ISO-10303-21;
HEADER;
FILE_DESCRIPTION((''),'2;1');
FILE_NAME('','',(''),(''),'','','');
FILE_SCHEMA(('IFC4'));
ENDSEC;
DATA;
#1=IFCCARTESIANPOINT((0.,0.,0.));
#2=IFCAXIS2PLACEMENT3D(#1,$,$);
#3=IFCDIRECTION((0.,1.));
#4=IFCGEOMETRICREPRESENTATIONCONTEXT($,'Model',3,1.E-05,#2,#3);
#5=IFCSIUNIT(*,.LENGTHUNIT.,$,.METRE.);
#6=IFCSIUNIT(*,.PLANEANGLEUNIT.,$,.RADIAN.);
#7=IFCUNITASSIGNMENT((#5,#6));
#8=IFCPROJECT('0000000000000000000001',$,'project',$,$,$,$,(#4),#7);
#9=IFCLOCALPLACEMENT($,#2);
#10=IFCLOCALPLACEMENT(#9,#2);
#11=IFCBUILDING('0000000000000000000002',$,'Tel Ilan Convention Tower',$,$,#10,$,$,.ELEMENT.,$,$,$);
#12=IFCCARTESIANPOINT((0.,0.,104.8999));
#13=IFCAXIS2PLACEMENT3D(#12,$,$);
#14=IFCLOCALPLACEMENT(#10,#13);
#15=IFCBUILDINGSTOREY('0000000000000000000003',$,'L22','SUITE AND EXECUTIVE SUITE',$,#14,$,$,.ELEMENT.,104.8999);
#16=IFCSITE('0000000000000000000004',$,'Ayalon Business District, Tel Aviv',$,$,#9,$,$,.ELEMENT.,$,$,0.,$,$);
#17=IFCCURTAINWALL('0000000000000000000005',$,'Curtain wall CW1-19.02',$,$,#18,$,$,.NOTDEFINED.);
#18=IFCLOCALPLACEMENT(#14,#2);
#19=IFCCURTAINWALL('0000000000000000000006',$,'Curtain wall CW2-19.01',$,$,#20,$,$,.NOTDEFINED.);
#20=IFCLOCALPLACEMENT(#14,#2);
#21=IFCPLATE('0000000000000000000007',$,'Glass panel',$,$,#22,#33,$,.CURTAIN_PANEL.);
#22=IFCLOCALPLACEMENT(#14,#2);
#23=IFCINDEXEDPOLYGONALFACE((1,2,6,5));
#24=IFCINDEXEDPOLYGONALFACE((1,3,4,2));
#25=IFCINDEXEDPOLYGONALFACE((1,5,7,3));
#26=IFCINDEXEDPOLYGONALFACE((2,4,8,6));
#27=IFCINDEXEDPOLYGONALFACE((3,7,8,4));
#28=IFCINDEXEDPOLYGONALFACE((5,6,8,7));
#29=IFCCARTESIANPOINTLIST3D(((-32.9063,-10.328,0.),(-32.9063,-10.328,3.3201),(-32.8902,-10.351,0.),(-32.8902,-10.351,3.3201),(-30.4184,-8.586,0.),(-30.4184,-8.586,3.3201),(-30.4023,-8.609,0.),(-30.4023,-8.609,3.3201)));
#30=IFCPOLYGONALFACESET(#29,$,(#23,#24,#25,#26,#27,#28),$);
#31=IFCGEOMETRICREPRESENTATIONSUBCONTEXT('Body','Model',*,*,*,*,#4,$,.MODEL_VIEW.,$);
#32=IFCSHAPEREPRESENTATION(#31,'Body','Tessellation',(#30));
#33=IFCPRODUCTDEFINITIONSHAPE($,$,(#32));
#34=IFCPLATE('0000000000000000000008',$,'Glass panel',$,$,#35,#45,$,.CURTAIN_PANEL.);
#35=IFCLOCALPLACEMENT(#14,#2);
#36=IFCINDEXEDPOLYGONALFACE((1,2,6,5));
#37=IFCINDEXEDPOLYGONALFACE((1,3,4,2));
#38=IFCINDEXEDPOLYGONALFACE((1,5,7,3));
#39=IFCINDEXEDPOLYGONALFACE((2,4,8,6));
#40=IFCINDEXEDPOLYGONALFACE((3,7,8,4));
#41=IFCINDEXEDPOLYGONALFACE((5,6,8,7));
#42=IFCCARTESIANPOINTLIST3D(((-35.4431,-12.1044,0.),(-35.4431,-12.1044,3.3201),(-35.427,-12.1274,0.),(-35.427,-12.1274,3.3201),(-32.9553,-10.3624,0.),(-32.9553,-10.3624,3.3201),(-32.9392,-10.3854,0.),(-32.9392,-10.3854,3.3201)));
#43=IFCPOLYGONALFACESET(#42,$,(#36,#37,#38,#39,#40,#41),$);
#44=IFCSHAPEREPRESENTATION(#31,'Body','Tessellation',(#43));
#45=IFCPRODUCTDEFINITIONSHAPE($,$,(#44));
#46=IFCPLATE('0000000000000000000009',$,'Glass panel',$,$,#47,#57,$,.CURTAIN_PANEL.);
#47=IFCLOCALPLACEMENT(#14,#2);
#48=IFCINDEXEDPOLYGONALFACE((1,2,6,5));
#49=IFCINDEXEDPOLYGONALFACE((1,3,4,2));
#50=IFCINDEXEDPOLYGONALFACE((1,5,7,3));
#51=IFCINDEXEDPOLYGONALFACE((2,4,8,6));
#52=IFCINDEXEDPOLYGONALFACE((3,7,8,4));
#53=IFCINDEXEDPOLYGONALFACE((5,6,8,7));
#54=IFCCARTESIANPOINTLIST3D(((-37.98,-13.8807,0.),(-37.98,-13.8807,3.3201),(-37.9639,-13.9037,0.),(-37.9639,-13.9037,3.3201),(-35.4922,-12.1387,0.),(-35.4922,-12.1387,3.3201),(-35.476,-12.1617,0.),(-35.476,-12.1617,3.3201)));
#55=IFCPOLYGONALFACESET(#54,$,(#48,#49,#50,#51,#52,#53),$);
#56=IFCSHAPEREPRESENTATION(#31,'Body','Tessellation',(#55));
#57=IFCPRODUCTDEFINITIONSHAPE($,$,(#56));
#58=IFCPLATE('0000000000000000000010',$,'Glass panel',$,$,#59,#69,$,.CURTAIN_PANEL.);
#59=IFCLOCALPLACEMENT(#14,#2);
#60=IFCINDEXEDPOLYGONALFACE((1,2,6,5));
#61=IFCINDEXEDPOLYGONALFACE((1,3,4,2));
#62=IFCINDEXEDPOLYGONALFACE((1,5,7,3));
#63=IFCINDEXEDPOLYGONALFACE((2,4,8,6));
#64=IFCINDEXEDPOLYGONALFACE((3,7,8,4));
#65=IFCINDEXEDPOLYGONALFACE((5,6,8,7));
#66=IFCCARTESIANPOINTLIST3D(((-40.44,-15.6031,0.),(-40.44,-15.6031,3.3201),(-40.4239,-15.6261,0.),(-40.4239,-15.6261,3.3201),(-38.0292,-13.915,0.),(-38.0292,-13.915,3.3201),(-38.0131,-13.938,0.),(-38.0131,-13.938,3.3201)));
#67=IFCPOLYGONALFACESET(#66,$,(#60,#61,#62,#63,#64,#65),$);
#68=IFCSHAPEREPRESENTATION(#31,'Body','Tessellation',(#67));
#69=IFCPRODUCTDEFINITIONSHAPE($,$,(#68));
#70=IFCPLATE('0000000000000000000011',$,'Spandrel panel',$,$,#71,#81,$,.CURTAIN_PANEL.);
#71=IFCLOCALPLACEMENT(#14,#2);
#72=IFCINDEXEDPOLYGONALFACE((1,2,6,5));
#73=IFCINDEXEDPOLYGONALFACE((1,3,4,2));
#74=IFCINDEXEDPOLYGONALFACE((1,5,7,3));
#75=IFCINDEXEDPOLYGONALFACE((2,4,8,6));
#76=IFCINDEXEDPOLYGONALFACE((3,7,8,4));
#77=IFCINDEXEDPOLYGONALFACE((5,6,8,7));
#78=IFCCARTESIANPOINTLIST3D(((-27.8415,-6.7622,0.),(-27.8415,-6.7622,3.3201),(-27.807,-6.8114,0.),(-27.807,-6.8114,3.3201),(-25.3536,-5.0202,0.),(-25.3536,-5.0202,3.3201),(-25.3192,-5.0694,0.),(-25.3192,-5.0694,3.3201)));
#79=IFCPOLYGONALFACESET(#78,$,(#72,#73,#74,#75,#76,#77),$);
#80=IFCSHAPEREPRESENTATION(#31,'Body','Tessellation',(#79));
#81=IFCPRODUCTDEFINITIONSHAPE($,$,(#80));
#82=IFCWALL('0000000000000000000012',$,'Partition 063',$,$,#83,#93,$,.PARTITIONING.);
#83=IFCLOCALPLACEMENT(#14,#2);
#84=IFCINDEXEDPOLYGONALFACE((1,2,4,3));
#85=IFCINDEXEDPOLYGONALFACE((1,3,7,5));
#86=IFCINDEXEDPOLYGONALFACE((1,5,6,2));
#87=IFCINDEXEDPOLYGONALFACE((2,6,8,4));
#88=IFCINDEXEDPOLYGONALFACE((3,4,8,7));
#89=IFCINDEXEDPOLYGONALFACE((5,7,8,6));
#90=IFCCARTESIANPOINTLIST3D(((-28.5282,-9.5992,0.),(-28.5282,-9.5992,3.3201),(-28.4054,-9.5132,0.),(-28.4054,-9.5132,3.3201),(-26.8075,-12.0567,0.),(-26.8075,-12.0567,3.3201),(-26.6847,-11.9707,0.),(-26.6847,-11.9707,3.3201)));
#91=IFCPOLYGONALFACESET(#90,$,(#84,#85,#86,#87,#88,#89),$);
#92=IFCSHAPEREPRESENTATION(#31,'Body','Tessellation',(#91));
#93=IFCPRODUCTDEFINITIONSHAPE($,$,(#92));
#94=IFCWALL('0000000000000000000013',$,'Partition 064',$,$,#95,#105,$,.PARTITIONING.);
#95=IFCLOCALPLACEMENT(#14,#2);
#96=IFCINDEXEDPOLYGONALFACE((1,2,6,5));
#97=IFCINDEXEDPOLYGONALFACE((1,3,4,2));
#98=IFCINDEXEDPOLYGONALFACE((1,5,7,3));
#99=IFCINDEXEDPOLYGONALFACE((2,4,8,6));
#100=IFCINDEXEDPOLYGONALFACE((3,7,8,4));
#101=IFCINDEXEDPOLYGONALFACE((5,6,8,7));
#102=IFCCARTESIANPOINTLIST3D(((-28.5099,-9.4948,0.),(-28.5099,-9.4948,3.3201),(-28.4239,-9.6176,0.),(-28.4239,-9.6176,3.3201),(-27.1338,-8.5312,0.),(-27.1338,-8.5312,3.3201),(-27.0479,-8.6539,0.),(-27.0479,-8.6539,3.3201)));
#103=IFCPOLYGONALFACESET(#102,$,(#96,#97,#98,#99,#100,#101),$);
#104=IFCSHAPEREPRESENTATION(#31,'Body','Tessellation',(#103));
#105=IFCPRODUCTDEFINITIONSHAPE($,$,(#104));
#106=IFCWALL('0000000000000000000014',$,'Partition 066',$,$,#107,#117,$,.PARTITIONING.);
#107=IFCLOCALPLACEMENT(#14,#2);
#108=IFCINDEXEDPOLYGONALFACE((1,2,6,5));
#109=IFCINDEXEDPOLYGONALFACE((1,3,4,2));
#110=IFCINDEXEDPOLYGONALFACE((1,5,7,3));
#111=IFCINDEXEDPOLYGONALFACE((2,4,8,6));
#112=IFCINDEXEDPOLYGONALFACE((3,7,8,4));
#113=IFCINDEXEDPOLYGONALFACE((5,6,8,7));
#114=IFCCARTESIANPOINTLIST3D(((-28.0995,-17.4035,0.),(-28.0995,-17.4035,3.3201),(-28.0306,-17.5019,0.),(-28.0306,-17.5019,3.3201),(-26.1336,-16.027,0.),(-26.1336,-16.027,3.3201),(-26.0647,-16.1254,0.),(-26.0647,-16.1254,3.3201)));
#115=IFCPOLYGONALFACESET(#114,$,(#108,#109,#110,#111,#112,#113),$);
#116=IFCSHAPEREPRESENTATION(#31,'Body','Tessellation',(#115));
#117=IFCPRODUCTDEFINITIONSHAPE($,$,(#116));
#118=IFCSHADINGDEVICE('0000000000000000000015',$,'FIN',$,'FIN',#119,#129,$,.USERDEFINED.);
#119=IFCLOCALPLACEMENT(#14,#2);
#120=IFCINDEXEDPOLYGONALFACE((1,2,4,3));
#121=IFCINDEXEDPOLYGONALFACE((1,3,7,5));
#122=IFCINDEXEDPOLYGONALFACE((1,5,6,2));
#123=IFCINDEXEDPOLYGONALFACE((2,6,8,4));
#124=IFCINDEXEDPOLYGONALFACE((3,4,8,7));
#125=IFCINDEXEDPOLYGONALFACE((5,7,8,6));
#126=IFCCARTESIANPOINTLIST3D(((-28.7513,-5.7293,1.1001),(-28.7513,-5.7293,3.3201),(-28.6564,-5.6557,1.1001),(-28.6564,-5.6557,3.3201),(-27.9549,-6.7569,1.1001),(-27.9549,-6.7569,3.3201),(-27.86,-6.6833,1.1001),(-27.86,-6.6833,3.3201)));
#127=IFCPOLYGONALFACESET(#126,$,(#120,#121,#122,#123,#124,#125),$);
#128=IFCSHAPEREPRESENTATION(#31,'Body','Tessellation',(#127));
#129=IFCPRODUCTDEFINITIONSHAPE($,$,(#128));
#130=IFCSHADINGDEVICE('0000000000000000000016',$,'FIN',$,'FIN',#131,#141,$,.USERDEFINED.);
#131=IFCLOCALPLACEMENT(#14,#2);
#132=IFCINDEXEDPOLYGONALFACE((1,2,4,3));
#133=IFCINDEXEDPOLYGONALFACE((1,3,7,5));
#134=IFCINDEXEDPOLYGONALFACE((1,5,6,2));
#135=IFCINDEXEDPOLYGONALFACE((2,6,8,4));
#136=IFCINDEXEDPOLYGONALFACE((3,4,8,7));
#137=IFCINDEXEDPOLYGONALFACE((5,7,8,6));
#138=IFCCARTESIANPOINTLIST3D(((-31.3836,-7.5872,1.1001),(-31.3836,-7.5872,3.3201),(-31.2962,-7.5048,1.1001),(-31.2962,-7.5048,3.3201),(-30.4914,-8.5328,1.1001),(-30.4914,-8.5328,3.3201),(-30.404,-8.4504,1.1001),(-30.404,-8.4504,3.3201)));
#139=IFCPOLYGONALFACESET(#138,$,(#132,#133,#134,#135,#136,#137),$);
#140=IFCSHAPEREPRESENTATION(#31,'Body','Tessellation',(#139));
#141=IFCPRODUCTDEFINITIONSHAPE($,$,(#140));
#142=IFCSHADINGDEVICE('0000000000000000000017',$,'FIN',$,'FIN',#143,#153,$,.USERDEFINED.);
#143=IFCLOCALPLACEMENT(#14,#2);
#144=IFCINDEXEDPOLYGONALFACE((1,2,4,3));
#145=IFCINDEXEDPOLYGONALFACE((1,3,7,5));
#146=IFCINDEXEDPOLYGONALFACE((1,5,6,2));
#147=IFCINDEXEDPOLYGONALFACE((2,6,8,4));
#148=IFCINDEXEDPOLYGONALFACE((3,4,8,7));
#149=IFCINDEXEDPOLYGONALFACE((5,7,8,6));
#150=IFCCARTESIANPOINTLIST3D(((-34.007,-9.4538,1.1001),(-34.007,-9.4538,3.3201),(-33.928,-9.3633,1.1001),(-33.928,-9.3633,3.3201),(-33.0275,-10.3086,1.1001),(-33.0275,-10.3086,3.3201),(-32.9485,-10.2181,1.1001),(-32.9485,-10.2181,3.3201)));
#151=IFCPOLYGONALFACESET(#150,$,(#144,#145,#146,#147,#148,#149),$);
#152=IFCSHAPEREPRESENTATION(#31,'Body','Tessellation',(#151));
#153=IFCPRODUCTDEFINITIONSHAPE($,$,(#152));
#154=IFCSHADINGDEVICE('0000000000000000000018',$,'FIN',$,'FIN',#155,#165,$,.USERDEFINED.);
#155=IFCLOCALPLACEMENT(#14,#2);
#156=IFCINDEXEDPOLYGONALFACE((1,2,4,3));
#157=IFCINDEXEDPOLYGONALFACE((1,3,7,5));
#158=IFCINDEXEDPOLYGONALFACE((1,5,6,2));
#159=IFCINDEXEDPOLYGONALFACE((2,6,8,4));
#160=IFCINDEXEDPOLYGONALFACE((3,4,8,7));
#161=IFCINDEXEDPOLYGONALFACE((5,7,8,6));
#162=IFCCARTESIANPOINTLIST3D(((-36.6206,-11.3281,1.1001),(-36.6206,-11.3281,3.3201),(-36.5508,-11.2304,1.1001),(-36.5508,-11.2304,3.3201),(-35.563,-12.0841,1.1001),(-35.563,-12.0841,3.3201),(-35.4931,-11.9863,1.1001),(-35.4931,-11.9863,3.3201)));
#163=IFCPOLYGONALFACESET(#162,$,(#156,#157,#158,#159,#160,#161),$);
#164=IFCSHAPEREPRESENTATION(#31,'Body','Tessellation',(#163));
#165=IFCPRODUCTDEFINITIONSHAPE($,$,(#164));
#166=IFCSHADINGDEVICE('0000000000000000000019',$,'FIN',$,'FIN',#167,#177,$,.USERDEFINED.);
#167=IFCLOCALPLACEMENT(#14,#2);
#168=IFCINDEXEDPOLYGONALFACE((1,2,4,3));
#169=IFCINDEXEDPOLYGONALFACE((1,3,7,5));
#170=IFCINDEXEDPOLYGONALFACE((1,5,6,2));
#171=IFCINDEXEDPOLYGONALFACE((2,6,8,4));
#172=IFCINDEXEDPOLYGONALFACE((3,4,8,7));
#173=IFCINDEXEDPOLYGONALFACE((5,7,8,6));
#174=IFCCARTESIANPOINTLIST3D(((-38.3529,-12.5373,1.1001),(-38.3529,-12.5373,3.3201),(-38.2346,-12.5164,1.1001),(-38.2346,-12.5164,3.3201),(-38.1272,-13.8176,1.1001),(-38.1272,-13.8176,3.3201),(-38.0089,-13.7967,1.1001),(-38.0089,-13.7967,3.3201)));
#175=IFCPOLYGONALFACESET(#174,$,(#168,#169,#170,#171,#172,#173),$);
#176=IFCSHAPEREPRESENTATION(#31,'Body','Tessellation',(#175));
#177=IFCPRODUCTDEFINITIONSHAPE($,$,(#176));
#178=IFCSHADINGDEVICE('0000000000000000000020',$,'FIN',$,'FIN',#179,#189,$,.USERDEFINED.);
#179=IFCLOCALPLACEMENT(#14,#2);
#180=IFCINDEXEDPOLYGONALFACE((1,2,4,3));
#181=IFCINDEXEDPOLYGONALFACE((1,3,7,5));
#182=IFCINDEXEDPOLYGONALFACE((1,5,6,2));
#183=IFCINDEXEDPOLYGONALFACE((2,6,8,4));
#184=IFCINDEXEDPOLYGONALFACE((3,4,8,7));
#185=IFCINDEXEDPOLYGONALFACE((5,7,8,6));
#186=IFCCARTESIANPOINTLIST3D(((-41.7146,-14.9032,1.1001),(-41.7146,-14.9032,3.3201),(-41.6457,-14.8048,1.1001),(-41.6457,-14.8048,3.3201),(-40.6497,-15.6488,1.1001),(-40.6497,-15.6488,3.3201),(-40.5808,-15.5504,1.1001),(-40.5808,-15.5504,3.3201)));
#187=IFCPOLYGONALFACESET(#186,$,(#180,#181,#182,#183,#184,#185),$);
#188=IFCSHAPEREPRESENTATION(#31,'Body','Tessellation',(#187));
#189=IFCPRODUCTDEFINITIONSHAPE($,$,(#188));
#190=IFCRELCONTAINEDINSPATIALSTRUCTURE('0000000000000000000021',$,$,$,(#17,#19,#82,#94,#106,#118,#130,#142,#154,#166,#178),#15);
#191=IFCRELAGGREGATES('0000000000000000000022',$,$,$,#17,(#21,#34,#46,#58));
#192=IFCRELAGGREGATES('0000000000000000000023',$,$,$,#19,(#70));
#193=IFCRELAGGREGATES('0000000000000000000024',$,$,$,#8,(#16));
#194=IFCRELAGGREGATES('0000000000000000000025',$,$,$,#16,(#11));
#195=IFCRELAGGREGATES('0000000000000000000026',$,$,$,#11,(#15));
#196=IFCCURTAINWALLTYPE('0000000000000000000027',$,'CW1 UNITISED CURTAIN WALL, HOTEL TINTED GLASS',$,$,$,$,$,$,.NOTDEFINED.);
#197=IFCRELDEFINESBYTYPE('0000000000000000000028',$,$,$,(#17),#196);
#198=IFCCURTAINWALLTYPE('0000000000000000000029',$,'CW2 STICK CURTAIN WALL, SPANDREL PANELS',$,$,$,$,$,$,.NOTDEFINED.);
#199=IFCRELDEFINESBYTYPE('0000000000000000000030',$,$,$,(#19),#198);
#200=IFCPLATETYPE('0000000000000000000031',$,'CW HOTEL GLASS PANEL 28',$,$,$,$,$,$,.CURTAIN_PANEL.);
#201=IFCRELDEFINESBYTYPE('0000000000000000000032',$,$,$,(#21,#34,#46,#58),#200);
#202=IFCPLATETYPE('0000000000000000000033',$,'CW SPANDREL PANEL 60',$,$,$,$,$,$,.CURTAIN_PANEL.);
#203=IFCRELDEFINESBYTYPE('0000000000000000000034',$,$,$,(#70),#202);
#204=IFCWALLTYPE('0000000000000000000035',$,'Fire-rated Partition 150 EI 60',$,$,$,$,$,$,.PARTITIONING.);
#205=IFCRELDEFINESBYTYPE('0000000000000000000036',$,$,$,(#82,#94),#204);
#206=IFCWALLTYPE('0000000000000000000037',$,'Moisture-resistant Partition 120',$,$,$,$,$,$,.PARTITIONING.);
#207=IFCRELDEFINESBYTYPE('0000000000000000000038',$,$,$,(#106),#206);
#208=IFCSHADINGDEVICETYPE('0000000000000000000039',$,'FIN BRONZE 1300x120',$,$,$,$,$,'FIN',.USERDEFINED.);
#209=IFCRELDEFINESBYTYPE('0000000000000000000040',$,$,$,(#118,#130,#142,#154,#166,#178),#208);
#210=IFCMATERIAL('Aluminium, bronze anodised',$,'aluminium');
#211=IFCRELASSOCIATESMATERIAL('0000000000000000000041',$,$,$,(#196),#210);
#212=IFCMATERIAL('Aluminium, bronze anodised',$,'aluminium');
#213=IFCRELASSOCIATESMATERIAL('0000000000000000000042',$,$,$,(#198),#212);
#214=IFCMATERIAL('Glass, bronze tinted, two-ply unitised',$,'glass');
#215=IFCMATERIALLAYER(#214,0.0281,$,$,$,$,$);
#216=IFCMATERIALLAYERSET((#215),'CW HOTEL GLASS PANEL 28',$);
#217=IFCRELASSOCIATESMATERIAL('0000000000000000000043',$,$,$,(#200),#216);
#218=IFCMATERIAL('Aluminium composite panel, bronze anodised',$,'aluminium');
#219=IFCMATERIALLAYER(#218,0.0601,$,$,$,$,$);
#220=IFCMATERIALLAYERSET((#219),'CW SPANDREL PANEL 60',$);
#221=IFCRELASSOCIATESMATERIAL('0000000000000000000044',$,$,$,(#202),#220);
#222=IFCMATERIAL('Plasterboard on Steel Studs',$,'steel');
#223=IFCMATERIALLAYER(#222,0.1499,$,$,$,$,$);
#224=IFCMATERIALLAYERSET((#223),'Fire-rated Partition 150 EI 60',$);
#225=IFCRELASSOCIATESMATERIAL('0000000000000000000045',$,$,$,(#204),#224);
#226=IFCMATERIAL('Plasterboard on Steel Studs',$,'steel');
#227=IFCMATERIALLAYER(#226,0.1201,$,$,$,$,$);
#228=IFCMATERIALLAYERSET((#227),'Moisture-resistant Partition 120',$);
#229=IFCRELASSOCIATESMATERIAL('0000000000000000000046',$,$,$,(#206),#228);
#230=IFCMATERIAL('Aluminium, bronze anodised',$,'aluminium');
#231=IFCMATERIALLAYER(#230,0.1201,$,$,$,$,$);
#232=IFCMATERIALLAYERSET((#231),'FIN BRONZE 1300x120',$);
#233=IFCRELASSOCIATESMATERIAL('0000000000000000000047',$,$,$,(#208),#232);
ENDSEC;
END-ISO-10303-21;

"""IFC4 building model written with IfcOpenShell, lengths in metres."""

from ifc_helpers import new_model, si_unit, direction, frame, frame_2d, origin, origin_2d, place, context, subcontext, project, spatial, rectangle, extrude, material, layer, layer_set, type_object, element, aggregate, save


model = new_model("IFC4")

# Units and contexts
model_context = context("Model", 3, precision=1e-05, world=origin(), true_north=direction((0.0, 1.0)))
body_context = subcontext(model_context, "Body", "Model", "MODEL_VIEW")
ifc_project = project(units=[si_unit("LENGTHUNIT", "METRE"), si_unit("PLANEANGLEUNIT", "RADIAN")], contexts=[model_context])

# Site, building, storey
site_placement = place(None, origin())
site = spatial("IfcSite", under=ifc_project, at=site_placement, Name="Ayalon Business District, Tel Aviv", CompositionType="ELEMENT", RefElevation=0.0)
building_placement = place(site_placement, origin())
building = spatial("IfcBuilding", under=site, at=building_placement, Name="Tel Ilan Convention Tower", CompositionType="ELEMENT")
storey_placement = place(building_placement, frame((0.0, 0.0, 104.8999)))
storey = spatial("IfcBuildingStorey", under=building, at=storey_placement, Name="L22", Description="SUITE AND EXECUTIVE SUITE", CompositionType="ELEMENT", Elevation=104.8999)

# Curtain wall
ifc_material_1 = material(Name="Aluminium, bronze anodised", Category="aluminium")
curtain_wall_type_1 = type_object("IfcCurtainWallType", Name="CW1 UNITISED CURTAIN WALL, HOTEL TINTED GLASS", PredefinedType="NOTDEFINED", material=ifc_material_1)
curtain_wall_1_placement = place(storey_placement, origin())
curtain_wall_1 = element("IfcCurtainWall", 1, at=curtain_wall_1_placement, inside=storey, type_object=curtain_wall_type_1, Name="Curtain wall CW1-19.02", PredefinedType="NOTDEFINED")

# Curtain wall
ifc_material_2 = material(Name="Aluminium, bronze anodised", Category="aluminium")
curtain_wall_type_2 = type_object("IfcCurtainWallType", Name="CW2 STICK CURTAIN WALL, SPANDREL PANELS", PredefinedType="NOTDEFINED", material=ifc_material_2)
curtain_wall_2_placement = place(storey_placement, origin())
curtain_wall_2 = element("IfcCurtainWall", 2, at=curtain_wall_2_placement, inside=storey, type_object=curtain_wall_type_2, Name="Curtain wall CW2-19.01", PredefinedType="NOTDEFINED")

# Plates
ifc_material_3 = material(Name="Glass, bronze tinted, two-ply unitised", Category="glass")
ifc_layer_1 = layer(ifc_material_3, 0.0281)
ifc_layer_set_1 = layer_set([ifc_layer_1], Name="CW HOTEL GLASS PANEL 28")
plate_type_1 = type_object("IfcPlateType", Name="CW HOTEL GLASS PANEL 28", PredefinedType="CURTAIN_PANEL", material=ifc_layer_set_1)
plate_1_placement = place(storey_placement, frame((-31.6543, -9.4685, 0.0), z_axis=(0.0, 0.0, 1.0), x_axis=(-0.819152, -0.573576, 0.0)))
plate_1 = element("IfcPlate", 3, at=plate_1_placement, type_object=plate_type_1, Name="Glass panel", PredefinedType="CURTAIN_PANEL", context=body_context, shape_type="SweptSolid", body=[
    extrude(rectangle(XDim=3.0371, YDim=0.0281, at=origin_2d()), origin(), (0.0, 0.0, 1.0), 3.3201),
])
plate_2_placement = place(storey_placement, frame((-34.1912, -11.2449, 0.0), z_axis=(0.0, 0.0, 1.0), x_axis=(-0.819152, -0.573576, 0.0)))
plate_2 = element("IfcPlate", 4, at=plate_2_placement, type_object=plate_type_1, Name="Glass panel", PredefinedType="CURTAIN_PANEL", context=body_context, shape_type="SweptSolid", body=[
    extrude(rectangle(XDim=3.0371, YDim=0.0281, at=origin_2d()), origin(), (0.0, 0.0, 1.0), 3.3201),
])
plate_3_placement = place(storey_placement, frame((-36.728, -13.0212, 0.0), z_axis=(0.0, 0.0, 1.0), x_axis=(-0.819152, -0.573576, 0.0)))
plate_3 = element("IfcPlate", 5, at=plate_3_placement, type_object=plate_type_1, Name="Glass panel", PredefinedType="CURTAIN_PANEL", context=body_context, shape_type="SweptSolid", body=[
    extrude(rectangle(XDim=3.0371, YDim=0.0281, at=origin_2d()), origin(), (0.0, 0.0, 1.0), 3.3201),
])
plate_4_placement = place(storey_placement, frame((-39.2266, -14.7705, 0.0), z_axis=(0.0, 0.0, 1.0), x_axis=(-0.819152, -0.573576, 0.0)))
plate_4 = element("IfcPlate", 6, at=plate_4_placement, type_object=plate_type_1, Name="Glass panel", PredefinedType="CURTAIN_PANEL", context=body_context, shape_type="SweptSolid", body=[
    extrude(rectangle(XDim=2.9431, YDim=0.0281, at=origin_2d()), origin(), (0.0, 0.0, 1.0), 3.3201),
])
aggregate(curtain_wall_1, [plate_1, plate_2, plate_3, plate_4])
ifc_material_4 = material(Name="Aluminium composite panel, bronze anodised", Category="aluminium")
ifc_layer_2 = layer(ifc_material_4, 0.0601)
ifc_layer_set_2 = layer_set([ifc_layer_2], Name="CW SPANDREL PANEL 60")
plate_type_2 = type_object("IfcPlateType", Name="CW SPANDREL PANEL 60", PredefinedType="CURTAIN_PANEL", material=ifc_layer_set_2)
plate_5_placement = place(storey_placement, frame((-26.5803, -5.9158, 0.0), z_axis=(0.0, 0.0, 1.0), x_axis=(-0.819152, -0.573576, 0.0)))
plate_5 = element("IfcPlate", 7, at=plate_5_placement, type_object=plate_type_2, Name="Spandrel panel", PredefinedType="CURTAIN_PANEL", context=body_context, shape_type="SweptSolid", body=[
    extrude(rectangle(XDim=3.0371, YDim=0.0601, at=origin_2d()), origin(), (0.0, 0.0, 1.0), 3.3201),
])
aggregate(curtain_wall_2, [plate_5])

# Walls
ifc_material_5 = material(Name="Plasterboard on Steel Studs", Category="steel")
ifc_layer_3 = layer(ifc_material_5, 0.1499)
ifc_layer_set_3 = layer_set([ifc_layer_3], Name="Fire-rated Partition 150 EI 60")
wall_type_1 = type_object("IfcWallType", Name="Fire-rated Partition 150 EI 60", PredefinedType="PARTITIONING", material=ifc_layer_set_3)
wall_1_placement = place(storey_placement, frame((-26.7461, -12.0137, 0.0), z_axis=(0.0, 0.0, 1.0), x_axis=(-0.573561, 0.819163, 0.0)))
element("IfcWall", 8, at=wall_1_placement, inside=storey, type_object=wall_type_1, Name="Partition 063", PredefinedType="PARTITIONING", context=body_context, shape_type="SweptSolid", body=[
    extrude(rectangle(XDim=3.0, YDim=0.1499, at=frame_2d((1.5, 0.0))), origin(), (0.0, 0.0, 1.0), 3.3201),
])
wall_2_placement = place(storey_placement, frame((-28.4668, -9.5562, 0.0), z_axis=(0.0, 0.0, 1.0), x_axis=(0.819109, 0.573638, 0.0)))
element("IfcWall", 9, at=wall_2_placement, inside=storey, type_object=wall_type_1, Name="Partition 064", PredefinedType="PARTITIONING", context=body_context, shape_type="SweptSolid", body=[
    extrude(rectangle(XDim=1.6799, YDim=0.1499, at=frame_2d((0.8398, 0.0))), origin(), (0.0, 0.0, 1.0), 3.3201),
])
ifc_material_6 = material(Name="Plasterboard on Steel Studs", Category="steel")
ifc_layer_4 = layer(ifc_material_6, 0.1201)
ifc_layer_set_4 = layer_set([ifc_layer_4], Name="Moisture-resistant Partition 120")
wall_type_2 = type_object("IfcWallType", Name="Moisture-resistant Partition 120", PredefinedType="PARTITIONING", material=ifc_layer_set_4)
wall_3_placement = place(storey_placement, frame((-26.0991, -16.0762, 0.0), z_axis=(0.0, 0.0, 1.0), x_axis=(-0.819155, -0.573572, 0.0)))
element("IfcWall", 10, at=wall_3_placement, inside=storey, type_object=wall_type_2, Name="Partition 066", PredefinedType="PARTITIONING", context=body_context, shape_type="SweptSolid", body=[
    extrude(rectangle(XDim=2.3999, YDim=0.1201, at=frame_2d((1.2, 0.0))), origin(), (0.0, 0.0, 1.0), 3.3201),
])

# Shading devices
ifc_material_7 = material(Name="Aluminium, bronze anodised", Category="aluminium")
ifc_layer_5 = layer(ifc_material_7, 0.1201)
ifc_layer_set_5 = layer_set([ifc_layer_5], Name="FIN BRONZE 1300x120")
shading_device_type = type_object("IfcShadingDeviceType", Name="FIN BRONZE 1300x120", ElementType="FIN", PredefinedType="USERDEFINED", material=ifc_layer_set_5)
for number, where, z_axis, x_axis, name in (
    (11, (-28.3057, -6.2063, 1.1001), (0.0, 0.0, 1.0), (-0.612601, 0.790393, 0.0), "FIN"),
    (12, (-30.8938, -8.0188, 1.1001), (0.0, 0.0, 1.0), (-0.686242, 0.727374, 0.0), "FIN"),
    (13, (-33.4778, -9.8359, 1.1001), (0.0, 0.0, 1.0), (-0.753436, 0.657521, 0.0), "FIN"),
    (14, (-36.0569, -11.6572, 1.1001), (0.0, 0.0, 1.0), (-0.813552, 0.581492, 0.0), "FIN"),
    (15, (-38.1809, -13.167, 1.1001), (0.0, 0.0, 1.0), (-0.173648, 0.984808, 0.0), "FIN"),
    (16, (-41.1477, -15.2268, 1.1001), (0.0, 0.0, 1.0), (-0.819152, 0.573576, 0.0), "FIN"),
):
    element("IfcShadingDevice", number, at=place(storey_placement, frame(where, z_axis=z_axis, x_axis=x_axis)), inside=storey, type_object=shading_device_type, Name=name, ObjectType="FIN", PredefinedType="USERDEFINED", context=body_context, shape_type="SweptSolid", body=[
        extrude(rectangle(XDim=1.3, YDim=0.1201, at=origin_2d()), origin(), (0.0, 0.0, 1.0), 2.22),
    ])

save(model, "model.ifc")
